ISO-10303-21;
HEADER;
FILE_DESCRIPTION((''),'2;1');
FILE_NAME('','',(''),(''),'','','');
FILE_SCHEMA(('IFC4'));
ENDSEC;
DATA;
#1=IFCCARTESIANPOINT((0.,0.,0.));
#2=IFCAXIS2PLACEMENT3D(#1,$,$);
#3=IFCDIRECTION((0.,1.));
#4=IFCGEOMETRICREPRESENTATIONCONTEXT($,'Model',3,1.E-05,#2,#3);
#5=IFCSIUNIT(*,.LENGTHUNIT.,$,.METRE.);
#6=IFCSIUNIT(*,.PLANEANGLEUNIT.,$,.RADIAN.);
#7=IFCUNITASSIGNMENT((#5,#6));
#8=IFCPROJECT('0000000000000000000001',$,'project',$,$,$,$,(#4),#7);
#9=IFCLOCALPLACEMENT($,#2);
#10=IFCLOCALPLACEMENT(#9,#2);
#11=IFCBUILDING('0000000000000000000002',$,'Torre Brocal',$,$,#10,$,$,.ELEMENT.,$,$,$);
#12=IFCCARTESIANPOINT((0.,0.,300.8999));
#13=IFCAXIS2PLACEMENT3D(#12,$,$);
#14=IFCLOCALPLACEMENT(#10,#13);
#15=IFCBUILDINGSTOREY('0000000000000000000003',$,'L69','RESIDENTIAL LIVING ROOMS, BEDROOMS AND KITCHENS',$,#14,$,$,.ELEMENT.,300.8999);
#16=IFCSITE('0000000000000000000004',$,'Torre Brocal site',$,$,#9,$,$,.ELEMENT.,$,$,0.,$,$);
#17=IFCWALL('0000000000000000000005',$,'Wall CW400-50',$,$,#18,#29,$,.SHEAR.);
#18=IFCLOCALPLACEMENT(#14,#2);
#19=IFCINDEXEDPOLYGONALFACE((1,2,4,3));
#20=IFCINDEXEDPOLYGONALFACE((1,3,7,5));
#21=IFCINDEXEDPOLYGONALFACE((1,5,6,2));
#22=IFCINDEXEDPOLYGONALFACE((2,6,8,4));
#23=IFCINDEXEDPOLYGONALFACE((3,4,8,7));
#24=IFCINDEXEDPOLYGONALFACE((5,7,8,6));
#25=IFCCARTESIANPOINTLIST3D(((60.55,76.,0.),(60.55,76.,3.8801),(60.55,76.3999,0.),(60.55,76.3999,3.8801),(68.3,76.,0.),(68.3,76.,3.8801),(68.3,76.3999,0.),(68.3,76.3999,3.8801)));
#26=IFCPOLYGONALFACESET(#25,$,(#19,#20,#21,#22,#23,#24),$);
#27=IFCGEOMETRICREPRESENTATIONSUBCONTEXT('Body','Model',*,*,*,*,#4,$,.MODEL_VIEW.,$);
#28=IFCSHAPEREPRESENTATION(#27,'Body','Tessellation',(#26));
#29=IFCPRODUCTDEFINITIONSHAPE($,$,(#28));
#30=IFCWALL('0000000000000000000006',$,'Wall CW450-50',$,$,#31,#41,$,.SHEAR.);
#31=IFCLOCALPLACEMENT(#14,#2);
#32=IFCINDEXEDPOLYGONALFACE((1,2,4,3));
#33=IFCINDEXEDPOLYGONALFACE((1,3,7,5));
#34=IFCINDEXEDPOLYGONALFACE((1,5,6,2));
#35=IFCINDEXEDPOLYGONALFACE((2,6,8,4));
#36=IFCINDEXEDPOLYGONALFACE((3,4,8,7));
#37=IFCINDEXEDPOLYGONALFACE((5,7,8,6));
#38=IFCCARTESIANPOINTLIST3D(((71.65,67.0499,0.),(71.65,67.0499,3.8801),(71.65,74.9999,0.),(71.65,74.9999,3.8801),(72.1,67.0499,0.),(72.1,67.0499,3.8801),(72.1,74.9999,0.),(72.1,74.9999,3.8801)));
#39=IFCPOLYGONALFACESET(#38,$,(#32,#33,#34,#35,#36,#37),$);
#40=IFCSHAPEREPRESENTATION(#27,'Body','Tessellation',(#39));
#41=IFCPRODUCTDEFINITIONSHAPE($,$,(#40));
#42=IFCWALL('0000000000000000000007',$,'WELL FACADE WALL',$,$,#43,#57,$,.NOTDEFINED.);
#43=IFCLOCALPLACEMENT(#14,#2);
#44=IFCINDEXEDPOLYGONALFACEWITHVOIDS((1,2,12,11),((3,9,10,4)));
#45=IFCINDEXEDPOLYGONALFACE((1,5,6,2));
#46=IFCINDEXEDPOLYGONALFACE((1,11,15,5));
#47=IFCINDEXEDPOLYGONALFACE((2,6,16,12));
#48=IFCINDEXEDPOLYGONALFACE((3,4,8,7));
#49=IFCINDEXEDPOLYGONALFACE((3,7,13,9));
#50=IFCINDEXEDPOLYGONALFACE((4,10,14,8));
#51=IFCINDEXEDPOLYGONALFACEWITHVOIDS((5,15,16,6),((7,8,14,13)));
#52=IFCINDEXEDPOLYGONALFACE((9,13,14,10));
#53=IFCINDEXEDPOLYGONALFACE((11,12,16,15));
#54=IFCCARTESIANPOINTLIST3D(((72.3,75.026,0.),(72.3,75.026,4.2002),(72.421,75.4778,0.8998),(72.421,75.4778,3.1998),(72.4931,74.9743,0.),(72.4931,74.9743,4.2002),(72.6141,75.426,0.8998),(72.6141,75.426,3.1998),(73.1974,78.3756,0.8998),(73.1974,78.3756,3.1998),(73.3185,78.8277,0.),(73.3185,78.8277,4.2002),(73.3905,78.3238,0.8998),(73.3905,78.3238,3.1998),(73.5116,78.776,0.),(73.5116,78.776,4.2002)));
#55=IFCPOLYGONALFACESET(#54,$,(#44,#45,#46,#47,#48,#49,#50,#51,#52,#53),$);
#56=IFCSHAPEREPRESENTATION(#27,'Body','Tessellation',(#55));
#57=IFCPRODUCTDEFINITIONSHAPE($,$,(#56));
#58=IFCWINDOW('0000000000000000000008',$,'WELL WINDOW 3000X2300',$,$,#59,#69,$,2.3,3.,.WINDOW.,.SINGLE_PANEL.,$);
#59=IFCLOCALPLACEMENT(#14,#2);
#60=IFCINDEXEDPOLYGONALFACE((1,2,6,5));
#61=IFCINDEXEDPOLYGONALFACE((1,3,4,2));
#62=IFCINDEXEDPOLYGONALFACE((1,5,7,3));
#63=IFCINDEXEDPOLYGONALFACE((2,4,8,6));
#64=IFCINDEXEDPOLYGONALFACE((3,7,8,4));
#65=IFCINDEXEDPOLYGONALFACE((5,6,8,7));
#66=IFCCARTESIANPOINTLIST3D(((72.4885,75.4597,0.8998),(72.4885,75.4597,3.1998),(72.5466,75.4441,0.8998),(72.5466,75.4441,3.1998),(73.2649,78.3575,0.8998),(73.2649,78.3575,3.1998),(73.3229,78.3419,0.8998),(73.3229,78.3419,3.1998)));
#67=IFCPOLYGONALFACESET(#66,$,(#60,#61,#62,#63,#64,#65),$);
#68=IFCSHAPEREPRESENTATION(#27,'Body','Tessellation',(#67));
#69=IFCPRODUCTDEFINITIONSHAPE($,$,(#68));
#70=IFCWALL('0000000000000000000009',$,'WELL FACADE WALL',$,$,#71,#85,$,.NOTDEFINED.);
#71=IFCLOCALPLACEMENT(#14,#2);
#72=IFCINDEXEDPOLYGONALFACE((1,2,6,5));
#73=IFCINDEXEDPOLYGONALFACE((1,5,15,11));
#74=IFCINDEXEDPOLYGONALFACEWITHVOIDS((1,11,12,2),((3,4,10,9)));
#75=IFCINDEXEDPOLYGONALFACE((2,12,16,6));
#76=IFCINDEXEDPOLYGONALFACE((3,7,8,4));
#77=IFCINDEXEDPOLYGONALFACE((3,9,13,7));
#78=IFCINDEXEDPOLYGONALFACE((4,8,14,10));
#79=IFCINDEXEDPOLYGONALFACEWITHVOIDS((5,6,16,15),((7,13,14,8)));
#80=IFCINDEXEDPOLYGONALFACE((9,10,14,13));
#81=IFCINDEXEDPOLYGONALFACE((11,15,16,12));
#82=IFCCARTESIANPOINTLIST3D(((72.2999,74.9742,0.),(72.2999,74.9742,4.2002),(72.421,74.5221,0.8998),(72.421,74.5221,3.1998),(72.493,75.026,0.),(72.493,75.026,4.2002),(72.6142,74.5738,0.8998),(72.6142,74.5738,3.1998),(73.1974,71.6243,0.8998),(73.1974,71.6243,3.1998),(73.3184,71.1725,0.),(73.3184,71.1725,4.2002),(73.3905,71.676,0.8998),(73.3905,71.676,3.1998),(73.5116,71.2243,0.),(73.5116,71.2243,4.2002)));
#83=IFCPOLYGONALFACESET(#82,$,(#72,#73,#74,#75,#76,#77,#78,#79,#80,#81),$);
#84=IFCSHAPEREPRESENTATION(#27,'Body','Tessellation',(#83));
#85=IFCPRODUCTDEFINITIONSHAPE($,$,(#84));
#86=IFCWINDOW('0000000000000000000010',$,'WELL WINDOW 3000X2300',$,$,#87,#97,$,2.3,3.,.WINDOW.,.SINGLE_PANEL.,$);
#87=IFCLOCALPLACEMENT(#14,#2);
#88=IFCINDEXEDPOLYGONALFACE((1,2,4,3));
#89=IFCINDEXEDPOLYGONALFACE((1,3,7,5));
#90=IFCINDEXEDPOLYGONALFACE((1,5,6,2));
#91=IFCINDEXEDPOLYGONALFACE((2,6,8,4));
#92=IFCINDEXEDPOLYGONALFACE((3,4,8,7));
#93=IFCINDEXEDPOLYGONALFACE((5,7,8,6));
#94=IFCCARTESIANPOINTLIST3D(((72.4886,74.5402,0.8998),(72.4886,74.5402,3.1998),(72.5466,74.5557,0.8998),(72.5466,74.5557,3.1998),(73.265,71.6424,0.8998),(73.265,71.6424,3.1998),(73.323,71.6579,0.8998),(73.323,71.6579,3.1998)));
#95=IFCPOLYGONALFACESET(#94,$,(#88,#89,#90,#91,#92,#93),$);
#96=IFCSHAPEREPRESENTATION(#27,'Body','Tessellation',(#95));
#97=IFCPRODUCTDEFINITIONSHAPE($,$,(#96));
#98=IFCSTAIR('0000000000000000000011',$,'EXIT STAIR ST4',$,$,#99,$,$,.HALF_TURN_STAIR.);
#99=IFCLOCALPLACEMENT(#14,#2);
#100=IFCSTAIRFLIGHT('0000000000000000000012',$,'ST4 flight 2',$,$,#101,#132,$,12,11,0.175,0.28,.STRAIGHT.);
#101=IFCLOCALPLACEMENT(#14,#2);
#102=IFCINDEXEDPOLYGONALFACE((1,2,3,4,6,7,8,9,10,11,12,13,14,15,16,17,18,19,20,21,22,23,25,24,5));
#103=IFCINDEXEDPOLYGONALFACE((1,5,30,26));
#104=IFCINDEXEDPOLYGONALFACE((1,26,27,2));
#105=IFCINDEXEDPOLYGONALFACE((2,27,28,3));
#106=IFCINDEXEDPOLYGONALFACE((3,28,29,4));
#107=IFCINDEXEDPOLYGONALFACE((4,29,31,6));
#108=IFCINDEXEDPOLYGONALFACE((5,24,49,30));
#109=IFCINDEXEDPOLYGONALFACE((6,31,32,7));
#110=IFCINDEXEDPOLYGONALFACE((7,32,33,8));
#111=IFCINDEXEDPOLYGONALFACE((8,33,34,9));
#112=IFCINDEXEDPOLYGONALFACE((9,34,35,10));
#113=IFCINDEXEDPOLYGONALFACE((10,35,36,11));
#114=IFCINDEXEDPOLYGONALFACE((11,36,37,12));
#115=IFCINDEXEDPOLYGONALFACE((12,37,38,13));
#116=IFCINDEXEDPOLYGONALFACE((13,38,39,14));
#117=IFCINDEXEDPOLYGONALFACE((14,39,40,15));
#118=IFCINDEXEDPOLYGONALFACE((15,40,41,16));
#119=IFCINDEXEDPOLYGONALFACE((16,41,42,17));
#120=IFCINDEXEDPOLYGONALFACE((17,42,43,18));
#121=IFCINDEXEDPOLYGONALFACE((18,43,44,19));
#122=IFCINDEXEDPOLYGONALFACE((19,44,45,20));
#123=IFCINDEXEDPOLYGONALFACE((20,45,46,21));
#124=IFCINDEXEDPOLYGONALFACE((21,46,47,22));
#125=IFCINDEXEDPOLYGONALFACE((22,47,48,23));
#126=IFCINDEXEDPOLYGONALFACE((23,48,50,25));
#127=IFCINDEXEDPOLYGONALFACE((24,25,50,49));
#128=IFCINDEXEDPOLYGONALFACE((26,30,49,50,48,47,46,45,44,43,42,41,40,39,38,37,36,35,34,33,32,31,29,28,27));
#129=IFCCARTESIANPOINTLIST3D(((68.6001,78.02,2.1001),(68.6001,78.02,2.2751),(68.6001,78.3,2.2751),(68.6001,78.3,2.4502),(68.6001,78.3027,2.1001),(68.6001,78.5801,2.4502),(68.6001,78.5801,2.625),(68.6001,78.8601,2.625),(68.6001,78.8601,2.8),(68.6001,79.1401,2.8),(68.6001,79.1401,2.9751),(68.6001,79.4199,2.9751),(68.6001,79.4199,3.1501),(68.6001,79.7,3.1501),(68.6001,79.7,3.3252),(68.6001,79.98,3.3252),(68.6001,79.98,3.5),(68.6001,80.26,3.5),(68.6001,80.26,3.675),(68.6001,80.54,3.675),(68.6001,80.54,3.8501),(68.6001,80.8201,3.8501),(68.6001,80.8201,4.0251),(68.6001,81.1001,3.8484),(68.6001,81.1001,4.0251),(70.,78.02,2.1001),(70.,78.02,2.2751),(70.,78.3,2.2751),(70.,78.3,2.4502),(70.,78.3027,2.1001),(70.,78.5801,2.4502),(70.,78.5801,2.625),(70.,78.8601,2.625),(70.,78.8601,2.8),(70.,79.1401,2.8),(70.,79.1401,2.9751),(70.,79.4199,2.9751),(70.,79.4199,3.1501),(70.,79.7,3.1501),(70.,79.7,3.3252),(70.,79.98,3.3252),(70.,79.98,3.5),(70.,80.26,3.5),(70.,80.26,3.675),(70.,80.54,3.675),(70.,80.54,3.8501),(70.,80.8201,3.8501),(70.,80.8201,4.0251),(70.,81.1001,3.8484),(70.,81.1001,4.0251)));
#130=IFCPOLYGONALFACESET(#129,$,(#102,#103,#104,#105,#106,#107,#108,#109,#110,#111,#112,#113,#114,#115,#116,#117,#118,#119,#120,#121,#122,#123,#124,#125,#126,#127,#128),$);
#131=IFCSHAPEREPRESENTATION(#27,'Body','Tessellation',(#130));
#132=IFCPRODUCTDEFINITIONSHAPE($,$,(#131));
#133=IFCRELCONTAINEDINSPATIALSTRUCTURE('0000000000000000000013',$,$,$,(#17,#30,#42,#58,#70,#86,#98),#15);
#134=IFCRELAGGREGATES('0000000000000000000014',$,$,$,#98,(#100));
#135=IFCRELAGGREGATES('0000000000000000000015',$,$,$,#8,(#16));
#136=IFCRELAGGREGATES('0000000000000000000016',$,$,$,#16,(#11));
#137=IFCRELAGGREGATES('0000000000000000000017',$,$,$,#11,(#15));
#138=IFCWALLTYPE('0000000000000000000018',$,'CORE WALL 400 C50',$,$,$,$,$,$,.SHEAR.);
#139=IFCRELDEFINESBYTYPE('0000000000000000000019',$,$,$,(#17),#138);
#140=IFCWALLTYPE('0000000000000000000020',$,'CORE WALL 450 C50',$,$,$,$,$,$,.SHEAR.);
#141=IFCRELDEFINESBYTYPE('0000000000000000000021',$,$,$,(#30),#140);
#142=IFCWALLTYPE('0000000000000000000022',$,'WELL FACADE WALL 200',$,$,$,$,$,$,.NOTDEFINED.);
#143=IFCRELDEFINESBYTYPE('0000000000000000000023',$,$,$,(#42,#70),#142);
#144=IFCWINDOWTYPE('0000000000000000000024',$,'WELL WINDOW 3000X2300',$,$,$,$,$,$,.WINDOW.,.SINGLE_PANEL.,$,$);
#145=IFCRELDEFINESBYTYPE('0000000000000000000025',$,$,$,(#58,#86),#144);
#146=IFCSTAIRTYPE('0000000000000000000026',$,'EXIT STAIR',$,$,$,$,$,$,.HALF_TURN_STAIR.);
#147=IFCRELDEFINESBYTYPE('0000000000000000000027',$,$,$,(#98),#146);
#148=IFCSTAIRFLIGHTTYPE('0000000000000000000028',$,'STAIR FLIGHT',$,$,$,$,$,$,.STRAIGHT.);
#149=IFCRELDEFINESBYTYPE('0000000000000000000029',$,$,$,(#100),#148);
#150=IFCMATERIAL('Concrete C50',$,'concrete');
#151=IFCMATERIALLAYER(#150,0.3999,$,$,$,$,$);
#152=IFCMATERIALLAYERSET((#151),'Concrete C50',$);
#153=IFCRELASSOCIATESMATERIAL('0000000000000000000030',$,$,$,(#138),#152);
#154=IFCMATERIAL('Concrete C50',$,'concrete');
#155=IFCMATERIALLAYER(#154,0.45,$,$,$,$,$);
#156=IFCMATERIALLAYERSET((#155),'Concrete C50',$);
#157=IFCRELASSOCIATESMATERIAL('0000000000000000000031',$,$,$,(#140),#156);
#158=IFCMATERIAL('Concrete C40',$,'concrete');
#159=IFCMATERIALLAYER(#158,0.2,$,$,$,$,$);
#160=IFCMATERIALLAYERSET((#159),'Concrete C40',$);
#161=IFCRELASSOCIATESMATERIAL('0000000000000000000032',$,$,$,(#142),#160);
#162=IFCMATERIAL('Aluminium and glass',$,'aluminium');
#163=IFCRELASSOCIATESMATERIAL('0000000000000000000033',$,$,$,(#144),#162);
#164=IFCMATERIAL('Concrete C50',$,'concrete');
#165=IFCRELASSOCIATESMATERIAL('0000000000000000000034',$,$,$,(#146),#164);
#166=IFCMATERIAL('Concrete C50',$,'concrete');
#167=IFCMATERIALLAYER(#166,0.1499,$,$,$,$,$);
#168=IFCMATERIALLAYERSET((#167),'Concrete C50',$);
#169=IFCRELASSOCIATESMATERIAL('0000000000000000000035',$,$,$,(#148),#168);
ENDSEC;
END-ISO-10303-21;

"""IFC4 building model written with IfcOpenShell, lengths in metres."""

from ifc_helpers import new_model, si_unit, direction, frame, frame_2d, origin, place, context, subcontext, project, spatial, polyline, rectangle, outline, extrude, material, layer, layer_set, type_object, element, fill, aggregate, save


model = new_model("IFC4")

# Units and contexts
model_context = context("Model", 3, precision=1e-05, world=origin(), true_north=direction((0.0, 1.0)))
body_context = subcontext(model_context, "Body", "Model", "MODEL_VIEW")
ifc_project = project(units=[si_unit("LENGTHUNIT", "METRE"), si_unit("PLANEANGLEUNIT", "RADIAN")], contexts=[model_context])

# Site, building, storey
site_placement = place(None, origin())
site = spatial("IfcSite", under=ifc_project, at=site_placement, Name="Torre Brocal site", CompositionType="ELEMENT", RefElevation=0.0)
building_placement = place(site_placement, origin())
building = spatial("IfcBuilding", under=site, at=building_placement, Name="Torre Brocal", CompositionType="ELEMENT")
storey_placement = place(building_placement, frame((0.0, 0.0, 300.8999)))
storey = spatial("IfcBuildingStorey", under=building, at=storey_placement, Name="L69", Description="RESIDENTIAL LIVING ROOMS, BEDROOMS AND KITCHENS", CompositionType="ELEMENT", Elevation=300.8999)

# Walls
ifc_material_1 = material(Name="Concrete C50", Category="concrete")
ifc_layer_1 = layer(ifc_material_1, 0.3999)
ifc_layer_set_1 = layer_set([ifc_layer_1], Name="Concrete C50")
wall_type_1 = type_object("IfcWallType", Name="CORE WALL 400 C50", PredefinedType="SHEAR", material=ifc_layer_set_1)
wall_1_placement = place(storey_placement, frame((68.3, 76.2, 0.0), z_axis=(0.0, 0.0, 1.0), x_axis=(-1.0, 0.0, 0.0)))
element("IfcWall", 1, at=wall_1_placement, inside=storey, type_object=wall_type_1, Name="Wall CW400-50", PredefinedType="SHEAR", context=body_context, shape_type="SweptSolid", body=[
    extrude(rectangle(XDim=7.75, YDim=0.3999, at=frame_2d((3.875, 0.0))), origin(), (0.0, 0.0, 1.0), 3.8801),
])
ifc_material_2 = material(Name="Concrete C50", Category="concrete")
ifc_layer_2 = layer(ifc_material_2, 0.45)
ifc_layer_set_2 = layer_set([ifc_layer_2], Name="Concrete C50")
wall_type_2 = type_object("IfcWallType", Name="CORE WALL 450 C50", PredefinedType="SHEAR", material=ifc_layer_set_2)
wall_2_placement = place(storey_placement, frame((71.875, 75.0, 0.0), z_axis=(0.0, 0.0, 1.0), x_axis=(0.0, -1.0, 0.0)))
element("IfcWall", 2, at=wall_2_placement, inside=storey, type_object=wall_type_2, Name="Wall CW450-50", PredefinedType="SHEAR", context=body_context, shape_type="SweptSolid", body=[
    extrude(rectangle(XDim=7.95, YDim=0.45, at=frame_2d((3.9751, 0.0))), origin(), (0.0, 0.0, 1.0), 3.8801),
])

# Walls, openings, windows
ifc_material_3 = material(Name="Concrete C40", Category="concrete")
ifc_layer_3 = layer(ifc_material_3, 0.2)
ifc_layer_set_3 = layer_set([ifc_layer_3], Name="Concrete C40")
wall_type_3 = type_object("IfcWallType", Name="WELL FACADE WALL 200", PredefinedType="NOTDEFINED", material=ifc_layer_set_3)
wall_3_placement = place(storey_placement, frame((73.415, 78.8018, 0.0), z_axis=(0.0, 0.0, 1.0), x_axis=(-0.25879, -0.965934, 0.0)))
wall_3 = element("IfcWall", 3, at=wall_3_placement, inside=storey, type_object=wall_type_3, Name="WELL FACADE WALL", PredefinedType="NOTDEFINED", context=body_context, shape_type="SweptSolid", body=[
    extrude(rectangle(XDim=3.9358, YDim=0.2, at=frame_2d((1.9678, 0.0))), origin(), (0.0, 0.0, 1.0), 4.2002),
])
opening_1_placement = place(wall_3_placement, frame((0.468, 0.0, 0.8999)))
opening_1 = element("IfcOpeningElement", 4, at=opening_1_placement, cuts=wall_3, PredefinedType="OPENING", context=body_context, shape_type="SweptSolid", body=[
    extrude(rectangle(XDim=3.0, YDim=2.3, at=frame_2d((1.5, 1.1499))), frame((0.0, 0.1099, 0.0), z_axis=(0.0, -1.0, 0.0), x_axis=(1.0, 0.0, 0.0)), (0.0, 0.0, 1.0), 0.22),
])
ifc_material_4 = material(Name="Aluminium and glass", Category="aluminium")
window_type = type_object("IfcWindowType", Name="WELL WINDOW 3000X2300", PartitioningType="SINGLE_PANEL", PredefinedType="WINDOW", material=ifc_material_4)
window_1_placement = place(opening_1_placement, origin())
window_1 = element("IfcWindow", 5, at=window_1_placement, inside=storey, type_object=window_type, Name="WELL WINDOW 3000X2300", OverallHeight=2.3, OverallWidth=3.0, PartitioningType="SINGLE_PANEL", PredefinedType="WINDOW", context=body_context, shape_type="SweptSolid", body=[
    extrude(rectangle(XDim=3.0, YDim=2.3, at=frame_2d((1.5, 1.1499))), frame((0.0, 0.03, 0.0), z_axis=(0.0, -1.0, 0.0), x_axis=(1.0, 0.0, 0.0)), (0.0, 0.0, 1.0), 0.0601),
])
fill(opening_1, window_1)
wall_4_placement = place(storey_placement, frame((72.3965, 75.0, 0.0), z_axis=(0.0, 0.0, 1.0), x_axis=(0.25879, -0.965934, 0.0)))
wall_4 = element("IfcWall", 6, at=wall_4_placement, inside=storey, type_object=wall_type_3, Name="WELL FACADE WALL", PredefinedType="NOTDEFINED", context=body_context, shape_type="SweptSolid", body=[
    extrude(rectangle(XDim=3.9358, YDim=0.2, at=frame_2d((1.9678, 0.0))), origin(), (0.0, 0.0, 1.0), 4.2002),
])
opening_2_placement = place(wall_4_placement, frame((0.468, 0.0, 0.8999)))
opening_2 = element("IfcOpeningElement", 7, at=opening_2_placement, cuts=wall_4, PredefinedType="OPENING", context=body_context, shape_type="SweptSolid", body=[
    extrude(rectangle(XDim=3.0, YDim=2.3, at=frame_2d((1.5, 1.1499))), frame((0.0, 0.1099, 0.0), z_axis=(0.0, -1.0, 0.0), x_axis=(1.0, 0.0, 0.0)), (0.0, 0.0, 1.0), 0.22),
])
window_2_placement = place(opening_2_placement, origin())
window_2 = element("IfcWindow", 8, at=window_2_placement, inside=storey, type_object=window_type, Name="WELL WINDOW 3000X2300", OverallHeight=2.3, OverallWidth=3.0, PartitioningType="SINGLE_PANEL", PredefinedType="WINDOW", context=body_context, shape_type="SweptSolid", body=[
    extrude(rectangle(XDim=3.0, YDim=2.3, at=frame_2d((1.5, 1.1499))), frame((0.0, 0.03, 0.0), z_axis=(0.0, -1.0, 0.0), x_axis=(1.0, 0.0, 0.0)), (0.0, 0.0, 1.0), 0.0601),
])
fill(opening_2, window_2)

# Stair, stair flight
ifc_material_5 = material(Name="Concrete C50", Category="concrete")
stair_type = type_object("IfcStairType", Name="EXIT STAIR", PredefinedType="HALF_TURN_STAIR", material=ifc_material_5)
stair_placement = place(storey_placement, origin())
stair = element("IfcStair", 9, at=stair_placement, inside=storey, type_object=stair_type, Name="EXIT STAIR ST4", PredefinedType="HALF_TURN_STAIR")
ifc_material_6 = material(Name="Concrete C50", Category="concrete")
ifc_layer_4 = layer(ifc_material_6, 0.1499)
ifc_layer_set_4 = layer_set([ifc_layer_4], Name="Concrete C50")
stair_flight_type = type_object("IfcStairFlightType", Name="STAIR FLIGHT", PredefinedType="STRAIGHT", material=ifc_layer_set_4)
stair_flight_placement = place(storey_placement, frame((69.3, 78.02, 2.1001), z_axis=(0.0, 0.0, 1.0), x_axis=(0.0, 1.0, 0.0)))
stair_flight = element("IfcStairFlight", 10, at=stair_flight_placement, type_object=stair_flight_type, Name="ST4 flight 2", NumberOfRisers=12, NumberOfTreads=11, PredefinedType="STRAIGHT", RiserHeight=0.175, TreadLength=0.28, context=body_context, shape_type="SweptSolid", body=[
    extrude(outline(polyline([(0.0, 0.0), (0.0, 0.175), (0.28, 0.175), (0.28, 0.3501), (0.5601, 0.3501), (0.5601, 0.5249), (0.8401, 0.5249), (0.8401, 0.7), (1.1201, 0.7), (1.1201, 0.875), (1.3999, 0.875), (1.3999, 1.05), (1.6799, 1.05), (1.6799, 1.2251), (1.96, 1.2251), (1.96, 1.3999), (2.24, 1.3999), (2.24, 1.575), (2.52, 1.575), (2.52, 1.75), (2.8, 1.75), (2.8, 1.925), (3.0801, 1.925), (3.0801, 2.1001), (3.0801, 1.7483), (0.2827, 0.0), (0.0, 0.0)])), frame((0.0, 0.7, 0.0), z_axis=(0.0, -1.0, 0.0), x_axis=(1.0, 0.0, 0.0)), (0.0, 0.0, 1.0), 1.3999),
])
aggregate(stair, [stair_flight])

save(model, "model.ifc")
